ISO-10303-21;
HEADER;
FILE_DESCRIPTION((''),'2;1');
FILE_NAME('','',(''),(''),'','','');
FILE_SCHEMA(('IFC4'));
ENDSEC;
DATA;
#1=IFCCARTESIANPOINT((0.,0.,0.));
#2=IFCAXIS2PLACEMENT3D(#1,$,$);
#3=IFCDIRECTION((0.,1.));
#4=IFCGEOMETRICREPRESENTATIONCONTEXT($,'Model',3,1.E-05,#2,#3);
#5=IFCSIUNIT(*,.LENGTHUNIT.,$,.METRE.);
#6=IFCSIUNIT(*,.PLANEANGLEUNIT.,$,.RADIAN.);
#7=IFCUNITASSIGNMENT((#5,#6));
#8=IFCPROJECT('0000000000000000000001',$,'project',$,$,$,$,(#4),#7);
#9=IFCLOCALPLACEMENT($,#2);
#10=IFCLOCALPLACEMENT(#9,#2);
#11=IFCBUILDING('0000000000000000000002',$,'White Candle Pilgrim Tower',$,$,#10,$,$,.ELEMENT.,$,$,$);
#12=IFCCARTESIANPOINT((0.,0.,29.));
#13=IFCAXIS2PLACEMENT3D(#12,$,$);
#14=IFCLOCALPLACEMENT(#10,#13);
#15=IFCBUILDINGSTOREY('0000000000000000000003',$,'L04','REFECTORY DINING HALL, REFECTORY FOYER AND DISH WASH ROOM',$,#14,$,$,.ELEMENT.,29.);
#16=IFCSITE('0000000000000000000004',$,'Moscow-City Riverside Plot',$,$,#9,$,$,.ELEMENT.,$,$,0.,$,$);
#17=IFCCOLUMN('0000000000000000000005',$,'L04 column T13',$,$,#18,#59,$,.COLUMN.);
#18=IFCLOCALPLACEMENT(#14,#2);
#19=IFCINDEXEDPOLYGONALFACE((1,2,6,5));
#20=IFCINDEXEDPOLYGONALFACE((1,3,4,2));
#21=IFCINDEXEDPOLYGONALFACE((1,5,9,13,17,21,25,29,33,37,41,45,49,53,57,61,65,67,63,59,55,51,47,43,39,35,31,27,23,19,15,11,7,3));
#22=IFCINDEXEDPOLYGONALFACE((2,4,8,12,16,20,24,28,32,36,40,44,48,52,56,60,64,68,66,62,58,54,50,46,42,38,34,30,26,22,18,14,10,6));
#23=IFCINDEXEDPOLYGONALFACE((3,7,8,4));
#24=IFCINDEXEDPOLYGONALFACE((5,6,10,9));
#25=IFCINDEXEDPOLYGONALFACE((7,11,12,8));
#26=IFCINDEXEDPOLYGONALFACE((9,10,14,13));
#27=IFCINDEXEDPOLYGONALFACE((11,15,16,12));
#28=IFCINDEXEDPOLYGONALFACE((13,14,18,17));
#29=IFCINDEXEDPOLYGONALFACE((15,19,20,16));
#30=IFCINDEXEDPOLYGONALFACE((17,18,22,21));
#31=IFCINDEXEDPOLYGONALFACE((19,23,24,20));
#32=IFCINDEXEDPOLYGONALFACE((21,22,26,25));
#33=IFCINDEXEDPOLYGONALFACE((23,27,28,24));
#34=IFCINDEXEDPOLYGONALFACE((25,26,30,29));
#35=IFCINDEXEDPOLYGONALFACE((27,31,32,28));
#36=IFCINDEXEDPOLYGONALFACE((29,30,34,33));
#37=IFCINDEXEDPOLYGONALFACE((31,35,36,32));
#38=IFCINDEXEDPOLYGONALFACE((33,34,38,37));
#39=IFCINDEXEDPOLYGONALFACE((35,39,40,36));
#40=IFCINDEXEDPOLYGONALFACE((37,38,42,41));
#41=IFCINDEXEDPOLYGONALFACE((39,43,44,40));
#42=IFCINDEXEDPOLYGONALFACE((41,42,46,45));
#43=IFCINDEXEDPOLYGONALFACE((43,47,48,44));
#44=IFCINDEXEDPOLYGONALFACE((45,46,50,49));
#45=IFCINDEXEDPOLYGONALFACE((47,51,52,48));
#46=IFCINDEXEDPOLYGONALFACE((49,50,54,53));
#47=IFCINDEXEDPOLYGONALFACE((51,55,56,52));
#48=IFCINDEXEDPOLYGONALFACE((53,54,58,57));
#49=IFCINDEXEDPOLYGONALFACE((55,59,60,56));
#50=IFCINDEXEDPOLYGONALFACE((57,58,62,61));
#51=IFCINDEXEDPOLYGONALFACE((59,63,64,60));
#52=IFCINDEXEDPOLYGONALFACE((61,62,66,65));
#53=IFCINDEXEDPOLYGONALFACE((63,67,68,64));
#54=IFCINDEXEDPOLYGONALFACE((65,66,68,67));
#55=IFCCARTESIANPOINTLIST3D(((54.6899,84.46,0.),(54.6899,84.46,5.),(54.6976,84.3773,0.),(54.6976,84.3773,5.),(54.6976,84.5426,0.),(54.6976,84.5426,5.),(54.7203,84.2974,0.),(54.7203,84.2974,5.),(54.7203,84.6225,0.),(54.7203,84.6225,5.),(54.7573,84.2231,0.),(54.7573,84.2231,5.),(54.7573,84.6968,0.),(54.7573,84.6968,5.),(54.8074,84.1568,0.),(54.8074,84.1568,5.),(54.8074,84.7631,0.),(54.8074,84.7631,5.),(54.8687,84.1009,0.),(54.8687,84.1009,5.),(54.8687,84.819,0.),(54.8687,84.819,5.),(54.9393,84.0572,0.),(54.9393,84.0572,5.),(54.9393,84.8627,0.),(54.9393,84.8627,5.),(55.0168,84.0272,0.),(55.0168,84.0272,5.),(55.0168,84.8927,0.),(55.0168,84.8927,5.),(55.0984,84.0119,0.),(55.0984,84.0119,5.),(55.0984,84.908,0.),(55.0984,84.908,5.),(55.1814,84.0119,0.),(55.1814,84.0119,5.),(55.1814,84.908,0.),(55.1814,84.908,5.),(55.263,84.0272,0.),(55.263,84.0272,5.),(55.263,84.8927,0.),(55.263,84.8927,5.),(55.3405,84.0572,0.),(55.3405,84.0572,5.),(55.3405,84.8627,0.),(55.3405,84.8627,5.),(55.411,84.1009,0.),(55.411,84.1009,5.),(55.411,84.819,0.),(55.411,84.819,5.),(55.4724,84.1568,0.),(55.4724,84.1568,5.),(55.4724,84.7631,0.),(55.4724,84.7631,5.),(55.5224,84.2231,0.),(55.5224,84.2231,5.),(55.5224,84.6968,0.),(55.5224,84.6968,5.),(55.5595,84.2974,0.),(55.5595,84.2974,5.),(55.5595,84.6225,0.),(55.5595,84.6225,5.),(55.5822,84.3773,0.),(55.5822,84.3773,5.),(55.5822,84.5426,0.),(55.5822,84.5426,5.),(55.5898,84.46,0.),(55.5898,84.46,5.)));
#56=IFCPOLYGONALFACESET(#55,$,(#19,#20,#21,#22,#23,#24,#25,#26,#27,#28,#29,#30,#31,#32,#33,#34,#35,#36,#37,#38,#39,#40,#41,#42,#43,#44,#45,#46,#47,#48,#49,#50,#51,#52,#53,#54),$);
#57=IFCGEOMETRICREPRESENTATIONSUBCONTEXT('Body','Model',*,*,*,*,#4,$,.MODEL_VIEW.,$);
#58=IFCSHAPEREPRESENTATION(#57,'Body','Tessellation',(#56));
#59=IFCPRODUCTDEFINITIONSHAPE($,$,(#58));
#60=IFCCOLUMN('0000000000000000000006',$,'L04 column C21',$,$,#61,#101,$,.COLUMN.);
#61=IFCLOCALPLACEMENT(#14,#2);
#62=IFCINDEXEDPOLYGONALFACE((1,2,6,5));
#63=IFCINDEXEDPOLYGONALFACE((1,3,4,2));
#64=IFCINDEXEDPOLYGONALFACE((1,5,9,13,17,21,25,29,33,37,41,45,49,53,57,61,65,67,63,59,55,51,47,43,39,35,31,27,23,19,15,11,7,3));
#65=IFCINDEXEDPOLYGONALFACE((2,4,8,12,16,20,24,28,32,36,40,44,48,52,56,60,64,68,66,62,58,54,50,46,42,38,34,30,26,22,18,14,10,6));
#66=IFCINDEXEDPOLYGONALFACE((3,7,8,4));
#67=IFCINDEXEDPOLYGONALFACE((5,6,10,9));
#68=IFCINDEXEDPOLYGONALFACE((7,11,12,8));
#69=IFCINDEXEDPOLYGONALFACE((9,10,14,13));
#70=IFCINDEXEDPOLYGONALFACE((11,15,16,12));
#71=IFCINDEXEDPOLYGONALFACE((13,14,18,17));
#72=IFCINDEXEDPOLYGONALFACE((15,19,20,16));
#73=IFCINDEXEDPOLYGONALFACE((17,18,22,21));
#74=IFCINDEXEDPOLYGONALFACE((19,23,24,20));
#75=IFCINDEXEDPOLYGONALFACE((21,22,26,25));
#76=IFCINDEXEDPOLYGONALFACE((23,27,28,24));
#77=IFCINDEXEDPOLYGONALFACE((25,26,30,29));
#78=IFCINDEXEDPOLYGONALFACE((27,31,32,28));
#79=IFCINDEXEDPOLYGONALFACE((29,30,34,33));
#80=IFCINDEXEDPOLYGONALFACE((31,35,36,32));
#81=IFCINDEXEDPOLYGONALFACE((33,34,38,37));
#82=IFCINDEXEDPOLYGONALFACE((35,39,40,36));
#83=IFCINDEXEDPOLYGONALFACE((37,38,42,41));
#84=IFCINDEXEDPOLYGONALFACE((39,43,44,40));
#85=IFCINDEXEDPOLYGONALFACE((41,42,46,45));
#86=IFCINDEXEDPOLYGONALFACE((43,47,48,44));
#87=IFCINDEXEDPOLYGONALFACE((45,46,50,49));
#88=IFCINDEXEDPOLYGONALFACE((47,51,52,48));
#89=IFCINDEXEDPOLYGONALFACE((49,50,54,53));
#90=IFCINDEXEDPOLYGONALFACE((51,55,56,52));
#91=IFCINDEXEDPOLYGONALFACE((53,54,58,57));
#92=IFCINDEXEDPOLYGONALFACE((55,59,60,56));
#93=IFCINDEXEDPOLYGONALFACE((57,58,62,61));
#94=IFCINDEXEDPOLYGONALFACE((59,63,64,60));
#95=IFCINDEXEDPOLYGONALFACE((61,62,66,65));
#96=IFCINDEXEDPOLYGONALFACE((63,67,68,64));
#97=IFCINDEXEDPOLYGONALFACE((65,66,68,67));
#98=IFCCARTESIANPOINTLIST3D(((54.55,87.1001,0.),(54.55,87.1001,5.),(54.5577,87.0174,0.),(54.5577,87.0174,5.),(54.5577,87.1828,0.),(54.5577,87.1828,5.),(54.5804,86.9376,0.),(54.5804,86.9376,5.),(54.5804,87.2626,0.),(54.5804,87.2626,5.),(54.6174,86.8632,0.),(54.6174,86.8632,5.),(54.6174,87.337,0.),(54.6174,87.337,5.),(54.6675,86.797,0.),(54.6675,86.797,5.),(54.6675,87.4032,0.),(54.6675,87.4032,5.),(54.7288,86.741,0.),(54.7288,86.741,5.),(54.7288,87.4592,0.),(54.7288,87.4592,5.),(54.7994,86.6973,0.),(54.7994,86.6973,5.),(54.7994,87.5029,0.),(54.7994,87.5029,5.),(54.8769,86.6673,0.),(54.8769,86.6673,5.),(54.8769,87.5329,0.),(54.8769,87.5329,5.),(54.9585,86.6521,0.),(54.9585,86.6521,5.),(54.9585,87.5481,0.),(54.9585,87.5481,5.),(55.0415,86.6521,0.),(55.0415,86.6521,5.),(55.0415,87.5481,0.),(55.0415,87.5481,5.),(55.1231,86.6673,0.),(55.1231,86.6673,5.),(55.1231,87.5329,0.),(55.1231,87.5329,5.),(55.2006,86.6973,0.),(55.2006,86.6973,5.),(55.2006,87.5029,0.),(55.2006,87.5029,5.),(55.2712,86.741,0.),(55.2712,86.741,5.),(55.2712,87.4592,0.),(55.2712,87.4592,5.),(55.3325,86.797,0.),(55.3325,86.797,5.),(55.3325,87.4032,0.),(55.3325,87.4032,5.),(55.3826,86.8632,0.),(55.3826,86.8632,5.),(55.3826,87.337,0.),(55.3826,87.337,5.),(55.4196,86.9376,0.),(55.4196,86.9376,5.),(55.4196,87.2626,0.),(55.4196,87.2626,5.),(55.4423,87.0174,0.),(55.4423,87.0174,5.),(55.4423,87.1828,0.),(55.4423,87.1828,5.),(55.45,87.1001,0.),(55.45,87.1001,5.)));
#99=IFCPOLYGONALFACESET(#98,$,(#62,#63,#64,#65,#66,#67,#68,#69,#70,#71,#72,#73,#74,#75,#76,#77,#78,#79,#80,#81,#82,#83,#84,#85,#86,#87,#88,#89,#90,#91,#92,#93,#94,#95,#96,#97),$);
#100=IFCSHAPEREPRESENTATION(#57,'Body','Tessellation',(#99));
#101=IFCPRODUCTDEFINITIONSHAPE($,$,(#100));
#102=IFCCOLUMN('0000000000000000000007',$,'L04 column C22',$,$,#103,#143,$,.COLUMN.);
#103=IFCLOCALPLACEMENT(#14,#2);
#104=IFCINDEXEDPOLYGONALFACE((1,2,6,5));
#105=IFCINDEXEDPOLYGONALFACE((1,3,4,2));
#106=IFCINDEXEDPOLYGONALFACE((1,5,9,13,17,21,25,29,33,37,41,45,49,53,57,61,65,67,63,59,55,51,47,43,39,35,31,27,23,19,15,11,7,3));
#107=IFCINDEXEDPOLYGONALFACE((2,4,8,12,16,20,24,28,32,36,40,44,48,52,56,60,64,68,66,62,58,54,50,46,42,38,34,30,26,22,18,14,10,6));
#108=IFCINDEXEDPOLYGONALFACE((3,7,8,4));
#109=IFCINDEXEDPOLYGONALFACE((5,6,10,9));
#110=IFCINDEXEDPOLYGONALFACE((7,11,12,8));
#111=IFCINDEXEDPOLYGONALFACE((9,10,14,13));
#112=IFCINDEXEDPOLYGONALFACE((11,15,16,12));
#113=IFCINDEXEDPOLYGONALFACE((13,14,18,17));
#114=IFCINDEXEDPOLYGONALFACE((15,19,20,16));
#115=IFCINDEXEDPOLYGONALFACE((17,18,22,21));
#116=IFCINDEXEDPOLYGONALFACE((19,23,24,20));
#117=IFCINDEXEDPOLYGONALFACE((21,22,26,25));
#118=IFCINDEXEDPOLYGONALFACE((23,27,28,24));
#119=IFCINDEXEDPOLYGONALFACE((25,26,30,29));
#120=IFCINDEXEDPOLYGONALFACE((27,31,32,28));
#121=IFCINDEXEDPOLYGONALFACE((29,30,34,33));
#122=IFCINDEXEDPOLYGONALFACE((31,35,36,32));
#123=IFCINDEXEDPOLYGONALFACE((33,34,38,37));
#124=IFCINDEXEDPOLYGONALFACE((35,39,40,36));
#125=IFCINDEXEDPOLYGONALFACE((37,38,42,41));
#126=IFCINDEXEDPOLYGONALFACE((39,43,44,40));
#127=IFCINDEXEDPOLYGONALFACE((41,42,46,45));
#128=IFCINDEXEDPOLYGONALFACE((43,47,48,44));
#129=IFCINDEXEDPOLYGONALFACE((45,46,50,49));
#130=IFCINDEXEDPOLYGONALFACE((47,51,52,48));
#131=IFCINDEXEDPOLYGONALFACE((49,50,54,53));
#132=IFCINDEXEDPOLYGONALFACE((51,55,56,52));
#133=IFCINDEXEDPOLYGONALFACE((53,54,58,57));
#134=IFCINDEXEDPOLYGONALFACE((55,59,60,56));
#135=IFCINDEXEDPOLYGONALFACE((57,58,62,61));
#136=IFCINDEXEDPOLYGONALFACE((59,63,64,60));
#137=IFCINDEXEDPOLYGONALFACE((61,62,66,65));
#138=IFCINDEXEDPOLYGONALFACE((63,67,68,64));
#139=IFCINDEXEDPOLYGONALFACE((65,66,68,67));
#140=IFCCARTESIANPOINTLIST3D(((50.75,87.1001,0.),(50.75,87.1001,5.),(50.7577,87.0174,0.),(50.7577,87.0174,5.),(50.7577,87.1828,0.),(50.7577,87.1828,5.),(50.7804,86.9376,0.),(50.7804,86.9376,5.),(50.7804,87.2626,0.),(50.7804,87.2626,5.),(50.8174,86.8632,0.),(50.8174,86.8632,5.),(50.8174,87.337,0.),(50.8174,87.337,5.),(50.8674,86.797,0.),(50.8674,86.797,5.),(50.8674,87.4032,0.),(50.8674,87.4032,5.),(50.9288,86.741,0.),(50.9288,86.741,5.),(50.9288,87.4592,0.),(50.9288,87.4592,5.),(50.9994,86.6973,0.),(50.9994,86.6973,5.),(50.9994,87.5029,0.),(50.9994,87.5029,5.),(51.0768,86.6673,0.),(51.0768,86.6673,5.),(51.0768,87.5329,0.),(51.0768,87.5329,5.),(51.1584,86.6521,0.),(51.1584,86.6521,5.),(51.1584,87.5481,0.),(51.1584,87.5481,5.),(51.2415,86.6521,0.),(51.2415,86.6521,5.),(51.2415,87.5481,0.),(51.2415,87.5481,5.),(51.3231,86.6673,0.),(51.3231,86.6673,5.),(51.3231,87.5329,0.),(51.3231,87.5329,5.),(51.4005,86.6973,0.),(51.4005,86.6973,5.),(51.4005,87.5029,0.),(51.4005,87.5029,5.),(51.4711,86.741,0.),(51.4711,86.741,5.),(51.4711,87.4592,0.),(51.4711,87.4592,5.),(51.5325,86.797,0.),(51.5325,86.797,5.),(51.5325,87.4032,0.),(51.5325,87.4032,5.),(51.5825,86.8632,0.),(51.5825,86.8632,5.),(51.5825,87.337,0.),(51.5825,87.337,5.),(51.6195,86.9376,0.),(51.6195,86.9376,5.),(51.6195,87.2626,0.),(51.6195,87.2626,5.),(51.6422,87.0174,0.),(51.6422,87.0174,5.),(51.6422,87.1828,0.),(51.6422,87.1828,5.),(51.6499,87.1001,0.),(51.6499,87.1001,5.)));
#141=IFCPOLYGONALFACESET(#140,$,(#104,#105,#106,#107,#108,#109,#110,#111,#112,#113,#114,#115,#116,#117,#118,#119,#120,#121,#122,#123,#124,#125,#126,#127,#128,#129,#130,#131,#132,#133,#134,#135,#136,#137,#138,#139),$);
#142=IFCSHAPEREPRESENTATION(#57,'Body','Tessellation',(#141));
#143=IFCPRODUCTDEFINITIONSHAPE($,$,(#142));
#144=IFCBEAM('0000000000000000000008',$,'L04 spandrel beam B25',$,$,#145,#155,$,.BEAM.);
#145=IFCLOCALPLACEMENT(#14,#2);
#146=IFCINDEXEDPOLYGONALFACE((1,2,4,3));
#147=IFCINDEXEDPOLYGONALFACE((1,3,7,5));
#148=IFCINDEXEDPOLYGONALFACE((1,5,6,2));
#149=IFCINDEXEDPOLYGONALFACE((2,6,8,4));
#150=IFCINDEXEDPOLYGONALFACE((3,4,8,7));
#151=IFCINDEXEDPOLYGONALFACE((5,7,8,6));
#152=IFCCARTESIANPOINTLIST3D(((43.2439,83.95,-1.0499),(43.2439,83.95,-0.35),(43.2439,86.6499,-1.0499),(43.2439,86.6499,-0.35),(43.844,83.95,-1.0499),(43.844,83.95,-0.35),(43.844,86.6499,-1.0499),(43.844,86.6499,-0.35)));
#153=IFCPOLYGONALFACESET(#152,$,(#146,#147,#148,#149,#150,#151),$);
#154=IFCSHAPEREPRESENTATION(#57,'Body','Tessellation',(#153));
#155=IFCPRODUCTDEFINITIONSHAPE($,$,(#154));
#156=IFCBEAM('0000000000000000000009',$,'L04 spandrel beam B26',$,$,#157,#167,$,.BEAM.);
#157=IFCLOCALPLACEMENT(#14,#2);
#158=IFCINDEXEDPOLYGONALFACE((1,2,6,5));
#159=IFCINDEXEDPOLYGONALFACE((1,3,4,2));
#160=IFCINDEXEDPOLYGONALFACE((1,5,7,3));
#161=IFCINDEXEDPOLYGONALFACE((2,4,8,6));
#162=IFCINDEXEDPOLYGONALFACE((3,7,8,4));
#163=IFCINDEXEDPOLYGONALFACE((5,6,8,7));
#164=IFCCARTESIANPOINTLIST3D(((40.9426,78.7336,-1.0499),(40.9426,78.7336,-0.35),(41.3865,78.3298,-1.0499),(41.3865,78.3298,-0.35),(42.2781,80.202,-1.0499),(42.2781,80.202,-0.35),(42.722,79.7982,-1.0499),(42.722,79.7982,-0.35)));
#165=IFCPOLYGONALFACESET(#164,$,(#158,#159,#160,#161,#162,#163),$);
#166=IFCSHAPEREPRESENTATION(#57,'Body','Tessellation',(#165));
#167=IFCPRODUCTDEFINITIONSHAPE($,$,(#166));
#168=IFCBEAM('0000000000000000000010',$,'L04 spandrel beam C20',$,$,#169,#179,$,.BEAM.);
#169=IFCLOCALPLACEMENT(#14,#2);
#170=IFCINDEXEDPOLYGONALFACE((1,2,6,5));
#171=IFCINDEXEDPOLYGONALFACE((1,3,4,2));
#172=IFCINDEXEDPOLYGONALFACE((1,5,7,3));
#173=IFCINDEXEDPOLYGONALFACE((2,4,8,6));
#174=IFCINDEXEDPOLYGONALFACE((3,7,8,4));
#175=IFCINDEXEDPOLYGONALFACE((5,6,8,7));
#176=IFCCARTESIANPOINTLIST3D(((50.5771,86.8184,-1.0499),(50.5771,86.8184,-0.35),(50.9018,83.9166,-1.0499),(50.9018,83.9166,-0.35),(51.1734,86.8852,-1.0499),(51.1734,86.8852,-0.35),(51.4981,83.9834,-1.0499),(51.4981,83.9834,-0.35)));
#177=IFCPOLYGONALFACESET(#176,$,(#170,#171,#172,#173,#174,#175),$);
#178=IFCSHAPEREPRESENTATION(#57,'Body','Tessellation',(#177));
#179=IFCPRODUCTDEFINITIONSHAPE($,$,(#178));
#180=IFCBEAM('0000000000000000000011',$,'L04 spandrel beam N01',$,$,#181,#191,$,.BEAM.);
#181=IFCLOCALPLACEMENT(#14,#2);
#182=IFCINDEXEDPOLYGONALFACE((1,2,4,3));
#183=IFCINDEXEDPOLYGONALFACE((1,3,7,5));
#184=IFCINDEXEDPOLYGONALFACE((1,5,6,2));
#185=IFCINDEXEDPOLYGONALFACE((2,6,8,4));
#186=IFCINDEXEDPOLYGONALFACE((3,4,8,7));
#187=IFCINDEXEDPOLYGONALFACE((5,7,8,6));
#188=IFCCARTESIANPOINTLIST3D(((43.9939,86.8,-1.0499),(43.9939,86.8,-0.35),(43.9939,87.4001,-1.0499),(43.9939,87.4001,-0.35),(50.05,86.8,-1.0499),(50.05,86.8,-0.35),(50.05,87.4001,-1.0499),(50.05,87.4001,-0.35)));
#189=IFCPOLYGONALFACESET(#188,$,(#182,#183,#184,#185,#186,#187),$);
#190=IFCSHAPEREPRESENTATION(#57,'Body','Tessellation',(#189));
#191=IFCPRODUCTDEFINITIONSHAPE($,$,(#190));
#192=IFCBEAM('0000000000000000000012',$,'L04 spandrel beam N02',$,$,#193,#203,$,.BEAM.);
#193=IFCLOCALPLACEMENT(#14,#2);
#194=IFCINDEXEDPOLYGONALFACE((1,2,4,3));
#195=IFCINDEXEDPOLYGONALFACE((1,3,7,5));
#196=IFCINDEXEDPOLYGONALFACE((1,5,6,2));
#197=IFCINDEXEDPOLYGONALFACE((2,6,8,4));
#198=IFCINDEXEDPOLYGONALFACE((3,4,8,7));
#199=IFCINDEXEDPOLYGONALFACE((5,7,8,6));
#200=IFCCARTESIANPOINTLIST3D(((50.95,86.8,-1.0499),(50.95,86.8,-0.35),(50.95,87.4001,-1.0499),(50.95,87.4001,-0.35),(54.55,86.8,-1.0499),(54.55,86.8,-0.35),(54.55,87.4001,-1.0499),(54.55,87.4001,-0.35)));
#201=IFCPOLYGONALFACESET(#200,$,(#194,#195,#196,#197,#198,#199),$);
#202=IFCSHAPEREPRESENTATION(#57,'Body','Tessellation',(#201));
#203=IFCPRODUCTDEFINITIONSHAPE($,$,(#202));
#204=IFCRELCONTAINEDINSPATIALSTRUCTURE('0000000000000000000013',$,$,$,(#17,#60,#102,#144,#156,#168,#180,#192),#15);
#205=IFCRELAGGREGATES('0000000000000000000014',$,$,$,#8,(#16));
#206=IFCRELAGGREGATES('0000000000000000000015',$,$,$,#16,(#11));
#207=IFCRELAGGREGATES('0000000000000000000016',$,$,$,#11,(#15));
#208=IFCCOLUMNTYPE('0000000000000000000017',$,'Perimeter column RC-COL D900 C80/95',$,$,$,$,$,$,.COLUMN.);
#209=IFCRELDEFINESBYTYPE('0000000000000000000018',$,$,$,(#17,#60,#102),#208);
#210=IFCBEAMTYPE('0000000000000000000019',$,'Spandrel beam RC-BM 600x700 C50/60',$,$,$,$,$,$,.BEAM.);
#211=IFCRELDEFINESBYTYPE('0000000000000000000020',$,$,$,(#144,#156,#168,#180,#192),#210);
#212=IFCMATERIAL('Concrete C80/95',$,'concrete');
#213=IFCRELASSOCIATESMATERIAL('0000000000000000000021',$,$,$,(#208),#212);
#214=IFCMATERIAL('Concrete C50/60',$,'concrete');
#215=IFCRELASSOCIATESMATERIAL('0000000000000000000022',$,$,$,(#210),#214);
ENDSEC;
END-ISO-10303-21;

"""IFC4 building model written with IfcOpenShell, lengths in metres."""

from ifc_helpers import new_model, si_unit, direction, frame, origin, origin_2d, place, context, subcontext, project, spatial, rectangle, circle, extrude, material, material_profile, profile_set, type_object, element, save


model = new_model("IFC4")

# Units and contexts
model_context = context("Model", 3, precision=1e-05, world=origin(), true_north=direction((0.0, 1.0)))
body_context = subcontext(model_context, "Body", "Model", "MODEL_VIEW")
ifc_project = project(units=[si_unit("LENGTHUNIT", "METRE"), si_unit("PLANEANGLEUNIT", "RADIAN")], contexts=[model_context])

# Site, building, storey
site_placement = place(None, origin())
site = spatial("IfcSite", under=ifc_project, at=site_placement, Name="Moscow-City Riverside Plot", CompositionType="ELEMENT", RefElevation=0.0)
building_placement = place(site_placement, origin())
building = spatial("IfcBuilding", under=site, at=building_placement, Name="White Candle Pilgrim Tower", CompositionType="ELEMENT")
storey_placement = place(building_placement, frame((0.0, 0.0, 29.0)))
storey = spatial("IfcBuildingStorey", under=building, at=storey_placement, Name="L04", Description="REFECTORY DINING HALL, REFECTORY FOYER AND DISH WASH ROOM", CompositionType="ELEMENT", Elevation=29.0)

# Columns
ifc_material_1 = material(Name="Concrete C80/95", Category="concrete")
ifc_material_profile_1 = material_profile(ifc_material_1, circle(Radius=0.45, at=origin_2d()), Name="RC-COL D900")
ifc_profile_set_1 = profile_set([ifc_material_profile_1], Name="Concrete C80/95")
column_type = type_object("IfcColumnType", Name="Perimeter column RC-COL D900 C80/95", PredefinedType="COLUMN", material=ifc_profile_set_1)
for number, where, z_axis, x_axis, name in (
    (1, (55.1399, 84.46, 0.0), (0.0, 0.0, 1.0), (1.0, 0.0, 0.0), "L04 column T13"),
    (2, (55.0, 87.1001, 0.0), (0.0, 0.0, 1.0), (1.0, 0.0, 0.0), "L04 column C21"),
    (3, (51.2, 87.1001, 0.0), (0.0, 0.0, 1.0), (1.0, 0.0, 0.0), "L04 column C22"),
):
    element("IfcColumn", number, at=place(storey_placement, frame(where, z_axis=z_axis, x_axis=x_axis)), inside=storey, type_object=column_type, Name=name, PredefinedType="COLUMN", context=body_context, shape_type="SweptSolid", body=[
        extrude(circle(Radius=0.45, at=origin_2d()), origin(), (0.0, 0.0, 1.0), 5.0),
    ])

# Beams
ifc_material_2 = material(Name="Concrete C50/60", Category="concrete")
ifc_material_profile_2 = material_profile(ifc_material_2, rectangle(XDim=0.6001, YDim=0.7, at=origin_2d()), Name="RC-BM 600x700")
ifc_profile_set_2 = profile_set([ifc_material_profile_2], Name="Concrete C50/60")
beam_type_1 = type_object("IfcBeamType", Name="Spandrel beam RC-BM 600x700 C50/60", PredefinedType="BEAM", material=ifc_profile_set_2)
beam_1_placement = place(storey_placement, frame((43.5439, 86.6499, -0.7), z_axis=(0.0, -1.0, 0.0), x_axis=(1.0, 0.0, 0.0)))
element("IfcBeam", 4, at=beam_1_placement, inside=storey, type_object=beam_type_1, Name="L04 spandrel beam B25", PredefinedType="BEAM", context=body_context, shape_type="SweptSolid", body=[
    extrude(rectangle(XDim=0.6001, YDim=0.7, at=origin_2d()), origin(), (0.0, 0.0, 1.0), 2.7),
])
beam_2_placement = place(storey_placement, frame((41.1646, 78.5317, -0.7), z_axis=(0.672856, 0.739773, 0.0), x_axis=(-0.739773, 0.672856, 0.0)))
element("IfcBeam", 5, at=beam_2_placement, inside=storey, type_object=beam_type_1, Name="L04 spandrel beam B26", PredefinedType="BEAM", context=body_context, shape_type="SweptSolid", body=[
    extrude(rectangle(XDim=0.6001, YDim=0.7, at=origin_2d()), origin(), (0.0, 0.0, 1.0), 1.9849),
])
beam_3_placement = place(storey_placement, frame((50.8752, 86.8518, -0.7), z_axis=(0.111202, -0.993798, 0.0), x_axis=(0.993798, 0.111202, 0.0)))
element("IfcBeam", 6, at=beam_3_placement, inside=storey, type_object=beam_type_1, Name="L04 spandrel beam C20", PredefinedType="BEAM", context=body_context, shape_type="SweptSolid", body=[
    extrude(rectangle(XDim=0.6001, YDim=0.7, at=origin_2d()), origin(), (0.0, 0.0, 1.0), 2.9199),
])
beam_4_placement = place(storey_placement, frame((43.9939, 87.1001, -0.7), z_axis=(1.0, 0.0, 0.0), x_axis=(0.0, 1.0, 0.0)))
element("IfcBeam", 7, at=beam_4_placement, inside=storey, type_object=beam_type_1, Name="L04 spandrel beam N01", PredefinedType="BEAM", context=body_context, shape_type="SweptSolid", body=[
    extrude(rectangle(XDim=0.6001, YDim=0.7, at=origin_2d()), origin(), (0.0, 0.0, 1.0), 6.0562),
])
beam_5_placement = place(storey_placement, frame((50.95, 87.1001, -0.7), z_axis=(1.0, 0.0, 0.0), x_axis=(0.0, 1.0, 0.0)))
element("IfcBeam", 8, at=beam_5_placement, inside=storey, type_object=beam_type_1, Name="L04 spandrel beam N02", PredefinedType="BEAM", context=body_context, shape_type="SweptSolid", body=[
    extrude(rectangle(XDim=0.6001, YDim=0.7, at=origin_2d()), origin(), (0.0, 0.0, 1.0), 3.6001),
])

save(model, "model.ifc")
